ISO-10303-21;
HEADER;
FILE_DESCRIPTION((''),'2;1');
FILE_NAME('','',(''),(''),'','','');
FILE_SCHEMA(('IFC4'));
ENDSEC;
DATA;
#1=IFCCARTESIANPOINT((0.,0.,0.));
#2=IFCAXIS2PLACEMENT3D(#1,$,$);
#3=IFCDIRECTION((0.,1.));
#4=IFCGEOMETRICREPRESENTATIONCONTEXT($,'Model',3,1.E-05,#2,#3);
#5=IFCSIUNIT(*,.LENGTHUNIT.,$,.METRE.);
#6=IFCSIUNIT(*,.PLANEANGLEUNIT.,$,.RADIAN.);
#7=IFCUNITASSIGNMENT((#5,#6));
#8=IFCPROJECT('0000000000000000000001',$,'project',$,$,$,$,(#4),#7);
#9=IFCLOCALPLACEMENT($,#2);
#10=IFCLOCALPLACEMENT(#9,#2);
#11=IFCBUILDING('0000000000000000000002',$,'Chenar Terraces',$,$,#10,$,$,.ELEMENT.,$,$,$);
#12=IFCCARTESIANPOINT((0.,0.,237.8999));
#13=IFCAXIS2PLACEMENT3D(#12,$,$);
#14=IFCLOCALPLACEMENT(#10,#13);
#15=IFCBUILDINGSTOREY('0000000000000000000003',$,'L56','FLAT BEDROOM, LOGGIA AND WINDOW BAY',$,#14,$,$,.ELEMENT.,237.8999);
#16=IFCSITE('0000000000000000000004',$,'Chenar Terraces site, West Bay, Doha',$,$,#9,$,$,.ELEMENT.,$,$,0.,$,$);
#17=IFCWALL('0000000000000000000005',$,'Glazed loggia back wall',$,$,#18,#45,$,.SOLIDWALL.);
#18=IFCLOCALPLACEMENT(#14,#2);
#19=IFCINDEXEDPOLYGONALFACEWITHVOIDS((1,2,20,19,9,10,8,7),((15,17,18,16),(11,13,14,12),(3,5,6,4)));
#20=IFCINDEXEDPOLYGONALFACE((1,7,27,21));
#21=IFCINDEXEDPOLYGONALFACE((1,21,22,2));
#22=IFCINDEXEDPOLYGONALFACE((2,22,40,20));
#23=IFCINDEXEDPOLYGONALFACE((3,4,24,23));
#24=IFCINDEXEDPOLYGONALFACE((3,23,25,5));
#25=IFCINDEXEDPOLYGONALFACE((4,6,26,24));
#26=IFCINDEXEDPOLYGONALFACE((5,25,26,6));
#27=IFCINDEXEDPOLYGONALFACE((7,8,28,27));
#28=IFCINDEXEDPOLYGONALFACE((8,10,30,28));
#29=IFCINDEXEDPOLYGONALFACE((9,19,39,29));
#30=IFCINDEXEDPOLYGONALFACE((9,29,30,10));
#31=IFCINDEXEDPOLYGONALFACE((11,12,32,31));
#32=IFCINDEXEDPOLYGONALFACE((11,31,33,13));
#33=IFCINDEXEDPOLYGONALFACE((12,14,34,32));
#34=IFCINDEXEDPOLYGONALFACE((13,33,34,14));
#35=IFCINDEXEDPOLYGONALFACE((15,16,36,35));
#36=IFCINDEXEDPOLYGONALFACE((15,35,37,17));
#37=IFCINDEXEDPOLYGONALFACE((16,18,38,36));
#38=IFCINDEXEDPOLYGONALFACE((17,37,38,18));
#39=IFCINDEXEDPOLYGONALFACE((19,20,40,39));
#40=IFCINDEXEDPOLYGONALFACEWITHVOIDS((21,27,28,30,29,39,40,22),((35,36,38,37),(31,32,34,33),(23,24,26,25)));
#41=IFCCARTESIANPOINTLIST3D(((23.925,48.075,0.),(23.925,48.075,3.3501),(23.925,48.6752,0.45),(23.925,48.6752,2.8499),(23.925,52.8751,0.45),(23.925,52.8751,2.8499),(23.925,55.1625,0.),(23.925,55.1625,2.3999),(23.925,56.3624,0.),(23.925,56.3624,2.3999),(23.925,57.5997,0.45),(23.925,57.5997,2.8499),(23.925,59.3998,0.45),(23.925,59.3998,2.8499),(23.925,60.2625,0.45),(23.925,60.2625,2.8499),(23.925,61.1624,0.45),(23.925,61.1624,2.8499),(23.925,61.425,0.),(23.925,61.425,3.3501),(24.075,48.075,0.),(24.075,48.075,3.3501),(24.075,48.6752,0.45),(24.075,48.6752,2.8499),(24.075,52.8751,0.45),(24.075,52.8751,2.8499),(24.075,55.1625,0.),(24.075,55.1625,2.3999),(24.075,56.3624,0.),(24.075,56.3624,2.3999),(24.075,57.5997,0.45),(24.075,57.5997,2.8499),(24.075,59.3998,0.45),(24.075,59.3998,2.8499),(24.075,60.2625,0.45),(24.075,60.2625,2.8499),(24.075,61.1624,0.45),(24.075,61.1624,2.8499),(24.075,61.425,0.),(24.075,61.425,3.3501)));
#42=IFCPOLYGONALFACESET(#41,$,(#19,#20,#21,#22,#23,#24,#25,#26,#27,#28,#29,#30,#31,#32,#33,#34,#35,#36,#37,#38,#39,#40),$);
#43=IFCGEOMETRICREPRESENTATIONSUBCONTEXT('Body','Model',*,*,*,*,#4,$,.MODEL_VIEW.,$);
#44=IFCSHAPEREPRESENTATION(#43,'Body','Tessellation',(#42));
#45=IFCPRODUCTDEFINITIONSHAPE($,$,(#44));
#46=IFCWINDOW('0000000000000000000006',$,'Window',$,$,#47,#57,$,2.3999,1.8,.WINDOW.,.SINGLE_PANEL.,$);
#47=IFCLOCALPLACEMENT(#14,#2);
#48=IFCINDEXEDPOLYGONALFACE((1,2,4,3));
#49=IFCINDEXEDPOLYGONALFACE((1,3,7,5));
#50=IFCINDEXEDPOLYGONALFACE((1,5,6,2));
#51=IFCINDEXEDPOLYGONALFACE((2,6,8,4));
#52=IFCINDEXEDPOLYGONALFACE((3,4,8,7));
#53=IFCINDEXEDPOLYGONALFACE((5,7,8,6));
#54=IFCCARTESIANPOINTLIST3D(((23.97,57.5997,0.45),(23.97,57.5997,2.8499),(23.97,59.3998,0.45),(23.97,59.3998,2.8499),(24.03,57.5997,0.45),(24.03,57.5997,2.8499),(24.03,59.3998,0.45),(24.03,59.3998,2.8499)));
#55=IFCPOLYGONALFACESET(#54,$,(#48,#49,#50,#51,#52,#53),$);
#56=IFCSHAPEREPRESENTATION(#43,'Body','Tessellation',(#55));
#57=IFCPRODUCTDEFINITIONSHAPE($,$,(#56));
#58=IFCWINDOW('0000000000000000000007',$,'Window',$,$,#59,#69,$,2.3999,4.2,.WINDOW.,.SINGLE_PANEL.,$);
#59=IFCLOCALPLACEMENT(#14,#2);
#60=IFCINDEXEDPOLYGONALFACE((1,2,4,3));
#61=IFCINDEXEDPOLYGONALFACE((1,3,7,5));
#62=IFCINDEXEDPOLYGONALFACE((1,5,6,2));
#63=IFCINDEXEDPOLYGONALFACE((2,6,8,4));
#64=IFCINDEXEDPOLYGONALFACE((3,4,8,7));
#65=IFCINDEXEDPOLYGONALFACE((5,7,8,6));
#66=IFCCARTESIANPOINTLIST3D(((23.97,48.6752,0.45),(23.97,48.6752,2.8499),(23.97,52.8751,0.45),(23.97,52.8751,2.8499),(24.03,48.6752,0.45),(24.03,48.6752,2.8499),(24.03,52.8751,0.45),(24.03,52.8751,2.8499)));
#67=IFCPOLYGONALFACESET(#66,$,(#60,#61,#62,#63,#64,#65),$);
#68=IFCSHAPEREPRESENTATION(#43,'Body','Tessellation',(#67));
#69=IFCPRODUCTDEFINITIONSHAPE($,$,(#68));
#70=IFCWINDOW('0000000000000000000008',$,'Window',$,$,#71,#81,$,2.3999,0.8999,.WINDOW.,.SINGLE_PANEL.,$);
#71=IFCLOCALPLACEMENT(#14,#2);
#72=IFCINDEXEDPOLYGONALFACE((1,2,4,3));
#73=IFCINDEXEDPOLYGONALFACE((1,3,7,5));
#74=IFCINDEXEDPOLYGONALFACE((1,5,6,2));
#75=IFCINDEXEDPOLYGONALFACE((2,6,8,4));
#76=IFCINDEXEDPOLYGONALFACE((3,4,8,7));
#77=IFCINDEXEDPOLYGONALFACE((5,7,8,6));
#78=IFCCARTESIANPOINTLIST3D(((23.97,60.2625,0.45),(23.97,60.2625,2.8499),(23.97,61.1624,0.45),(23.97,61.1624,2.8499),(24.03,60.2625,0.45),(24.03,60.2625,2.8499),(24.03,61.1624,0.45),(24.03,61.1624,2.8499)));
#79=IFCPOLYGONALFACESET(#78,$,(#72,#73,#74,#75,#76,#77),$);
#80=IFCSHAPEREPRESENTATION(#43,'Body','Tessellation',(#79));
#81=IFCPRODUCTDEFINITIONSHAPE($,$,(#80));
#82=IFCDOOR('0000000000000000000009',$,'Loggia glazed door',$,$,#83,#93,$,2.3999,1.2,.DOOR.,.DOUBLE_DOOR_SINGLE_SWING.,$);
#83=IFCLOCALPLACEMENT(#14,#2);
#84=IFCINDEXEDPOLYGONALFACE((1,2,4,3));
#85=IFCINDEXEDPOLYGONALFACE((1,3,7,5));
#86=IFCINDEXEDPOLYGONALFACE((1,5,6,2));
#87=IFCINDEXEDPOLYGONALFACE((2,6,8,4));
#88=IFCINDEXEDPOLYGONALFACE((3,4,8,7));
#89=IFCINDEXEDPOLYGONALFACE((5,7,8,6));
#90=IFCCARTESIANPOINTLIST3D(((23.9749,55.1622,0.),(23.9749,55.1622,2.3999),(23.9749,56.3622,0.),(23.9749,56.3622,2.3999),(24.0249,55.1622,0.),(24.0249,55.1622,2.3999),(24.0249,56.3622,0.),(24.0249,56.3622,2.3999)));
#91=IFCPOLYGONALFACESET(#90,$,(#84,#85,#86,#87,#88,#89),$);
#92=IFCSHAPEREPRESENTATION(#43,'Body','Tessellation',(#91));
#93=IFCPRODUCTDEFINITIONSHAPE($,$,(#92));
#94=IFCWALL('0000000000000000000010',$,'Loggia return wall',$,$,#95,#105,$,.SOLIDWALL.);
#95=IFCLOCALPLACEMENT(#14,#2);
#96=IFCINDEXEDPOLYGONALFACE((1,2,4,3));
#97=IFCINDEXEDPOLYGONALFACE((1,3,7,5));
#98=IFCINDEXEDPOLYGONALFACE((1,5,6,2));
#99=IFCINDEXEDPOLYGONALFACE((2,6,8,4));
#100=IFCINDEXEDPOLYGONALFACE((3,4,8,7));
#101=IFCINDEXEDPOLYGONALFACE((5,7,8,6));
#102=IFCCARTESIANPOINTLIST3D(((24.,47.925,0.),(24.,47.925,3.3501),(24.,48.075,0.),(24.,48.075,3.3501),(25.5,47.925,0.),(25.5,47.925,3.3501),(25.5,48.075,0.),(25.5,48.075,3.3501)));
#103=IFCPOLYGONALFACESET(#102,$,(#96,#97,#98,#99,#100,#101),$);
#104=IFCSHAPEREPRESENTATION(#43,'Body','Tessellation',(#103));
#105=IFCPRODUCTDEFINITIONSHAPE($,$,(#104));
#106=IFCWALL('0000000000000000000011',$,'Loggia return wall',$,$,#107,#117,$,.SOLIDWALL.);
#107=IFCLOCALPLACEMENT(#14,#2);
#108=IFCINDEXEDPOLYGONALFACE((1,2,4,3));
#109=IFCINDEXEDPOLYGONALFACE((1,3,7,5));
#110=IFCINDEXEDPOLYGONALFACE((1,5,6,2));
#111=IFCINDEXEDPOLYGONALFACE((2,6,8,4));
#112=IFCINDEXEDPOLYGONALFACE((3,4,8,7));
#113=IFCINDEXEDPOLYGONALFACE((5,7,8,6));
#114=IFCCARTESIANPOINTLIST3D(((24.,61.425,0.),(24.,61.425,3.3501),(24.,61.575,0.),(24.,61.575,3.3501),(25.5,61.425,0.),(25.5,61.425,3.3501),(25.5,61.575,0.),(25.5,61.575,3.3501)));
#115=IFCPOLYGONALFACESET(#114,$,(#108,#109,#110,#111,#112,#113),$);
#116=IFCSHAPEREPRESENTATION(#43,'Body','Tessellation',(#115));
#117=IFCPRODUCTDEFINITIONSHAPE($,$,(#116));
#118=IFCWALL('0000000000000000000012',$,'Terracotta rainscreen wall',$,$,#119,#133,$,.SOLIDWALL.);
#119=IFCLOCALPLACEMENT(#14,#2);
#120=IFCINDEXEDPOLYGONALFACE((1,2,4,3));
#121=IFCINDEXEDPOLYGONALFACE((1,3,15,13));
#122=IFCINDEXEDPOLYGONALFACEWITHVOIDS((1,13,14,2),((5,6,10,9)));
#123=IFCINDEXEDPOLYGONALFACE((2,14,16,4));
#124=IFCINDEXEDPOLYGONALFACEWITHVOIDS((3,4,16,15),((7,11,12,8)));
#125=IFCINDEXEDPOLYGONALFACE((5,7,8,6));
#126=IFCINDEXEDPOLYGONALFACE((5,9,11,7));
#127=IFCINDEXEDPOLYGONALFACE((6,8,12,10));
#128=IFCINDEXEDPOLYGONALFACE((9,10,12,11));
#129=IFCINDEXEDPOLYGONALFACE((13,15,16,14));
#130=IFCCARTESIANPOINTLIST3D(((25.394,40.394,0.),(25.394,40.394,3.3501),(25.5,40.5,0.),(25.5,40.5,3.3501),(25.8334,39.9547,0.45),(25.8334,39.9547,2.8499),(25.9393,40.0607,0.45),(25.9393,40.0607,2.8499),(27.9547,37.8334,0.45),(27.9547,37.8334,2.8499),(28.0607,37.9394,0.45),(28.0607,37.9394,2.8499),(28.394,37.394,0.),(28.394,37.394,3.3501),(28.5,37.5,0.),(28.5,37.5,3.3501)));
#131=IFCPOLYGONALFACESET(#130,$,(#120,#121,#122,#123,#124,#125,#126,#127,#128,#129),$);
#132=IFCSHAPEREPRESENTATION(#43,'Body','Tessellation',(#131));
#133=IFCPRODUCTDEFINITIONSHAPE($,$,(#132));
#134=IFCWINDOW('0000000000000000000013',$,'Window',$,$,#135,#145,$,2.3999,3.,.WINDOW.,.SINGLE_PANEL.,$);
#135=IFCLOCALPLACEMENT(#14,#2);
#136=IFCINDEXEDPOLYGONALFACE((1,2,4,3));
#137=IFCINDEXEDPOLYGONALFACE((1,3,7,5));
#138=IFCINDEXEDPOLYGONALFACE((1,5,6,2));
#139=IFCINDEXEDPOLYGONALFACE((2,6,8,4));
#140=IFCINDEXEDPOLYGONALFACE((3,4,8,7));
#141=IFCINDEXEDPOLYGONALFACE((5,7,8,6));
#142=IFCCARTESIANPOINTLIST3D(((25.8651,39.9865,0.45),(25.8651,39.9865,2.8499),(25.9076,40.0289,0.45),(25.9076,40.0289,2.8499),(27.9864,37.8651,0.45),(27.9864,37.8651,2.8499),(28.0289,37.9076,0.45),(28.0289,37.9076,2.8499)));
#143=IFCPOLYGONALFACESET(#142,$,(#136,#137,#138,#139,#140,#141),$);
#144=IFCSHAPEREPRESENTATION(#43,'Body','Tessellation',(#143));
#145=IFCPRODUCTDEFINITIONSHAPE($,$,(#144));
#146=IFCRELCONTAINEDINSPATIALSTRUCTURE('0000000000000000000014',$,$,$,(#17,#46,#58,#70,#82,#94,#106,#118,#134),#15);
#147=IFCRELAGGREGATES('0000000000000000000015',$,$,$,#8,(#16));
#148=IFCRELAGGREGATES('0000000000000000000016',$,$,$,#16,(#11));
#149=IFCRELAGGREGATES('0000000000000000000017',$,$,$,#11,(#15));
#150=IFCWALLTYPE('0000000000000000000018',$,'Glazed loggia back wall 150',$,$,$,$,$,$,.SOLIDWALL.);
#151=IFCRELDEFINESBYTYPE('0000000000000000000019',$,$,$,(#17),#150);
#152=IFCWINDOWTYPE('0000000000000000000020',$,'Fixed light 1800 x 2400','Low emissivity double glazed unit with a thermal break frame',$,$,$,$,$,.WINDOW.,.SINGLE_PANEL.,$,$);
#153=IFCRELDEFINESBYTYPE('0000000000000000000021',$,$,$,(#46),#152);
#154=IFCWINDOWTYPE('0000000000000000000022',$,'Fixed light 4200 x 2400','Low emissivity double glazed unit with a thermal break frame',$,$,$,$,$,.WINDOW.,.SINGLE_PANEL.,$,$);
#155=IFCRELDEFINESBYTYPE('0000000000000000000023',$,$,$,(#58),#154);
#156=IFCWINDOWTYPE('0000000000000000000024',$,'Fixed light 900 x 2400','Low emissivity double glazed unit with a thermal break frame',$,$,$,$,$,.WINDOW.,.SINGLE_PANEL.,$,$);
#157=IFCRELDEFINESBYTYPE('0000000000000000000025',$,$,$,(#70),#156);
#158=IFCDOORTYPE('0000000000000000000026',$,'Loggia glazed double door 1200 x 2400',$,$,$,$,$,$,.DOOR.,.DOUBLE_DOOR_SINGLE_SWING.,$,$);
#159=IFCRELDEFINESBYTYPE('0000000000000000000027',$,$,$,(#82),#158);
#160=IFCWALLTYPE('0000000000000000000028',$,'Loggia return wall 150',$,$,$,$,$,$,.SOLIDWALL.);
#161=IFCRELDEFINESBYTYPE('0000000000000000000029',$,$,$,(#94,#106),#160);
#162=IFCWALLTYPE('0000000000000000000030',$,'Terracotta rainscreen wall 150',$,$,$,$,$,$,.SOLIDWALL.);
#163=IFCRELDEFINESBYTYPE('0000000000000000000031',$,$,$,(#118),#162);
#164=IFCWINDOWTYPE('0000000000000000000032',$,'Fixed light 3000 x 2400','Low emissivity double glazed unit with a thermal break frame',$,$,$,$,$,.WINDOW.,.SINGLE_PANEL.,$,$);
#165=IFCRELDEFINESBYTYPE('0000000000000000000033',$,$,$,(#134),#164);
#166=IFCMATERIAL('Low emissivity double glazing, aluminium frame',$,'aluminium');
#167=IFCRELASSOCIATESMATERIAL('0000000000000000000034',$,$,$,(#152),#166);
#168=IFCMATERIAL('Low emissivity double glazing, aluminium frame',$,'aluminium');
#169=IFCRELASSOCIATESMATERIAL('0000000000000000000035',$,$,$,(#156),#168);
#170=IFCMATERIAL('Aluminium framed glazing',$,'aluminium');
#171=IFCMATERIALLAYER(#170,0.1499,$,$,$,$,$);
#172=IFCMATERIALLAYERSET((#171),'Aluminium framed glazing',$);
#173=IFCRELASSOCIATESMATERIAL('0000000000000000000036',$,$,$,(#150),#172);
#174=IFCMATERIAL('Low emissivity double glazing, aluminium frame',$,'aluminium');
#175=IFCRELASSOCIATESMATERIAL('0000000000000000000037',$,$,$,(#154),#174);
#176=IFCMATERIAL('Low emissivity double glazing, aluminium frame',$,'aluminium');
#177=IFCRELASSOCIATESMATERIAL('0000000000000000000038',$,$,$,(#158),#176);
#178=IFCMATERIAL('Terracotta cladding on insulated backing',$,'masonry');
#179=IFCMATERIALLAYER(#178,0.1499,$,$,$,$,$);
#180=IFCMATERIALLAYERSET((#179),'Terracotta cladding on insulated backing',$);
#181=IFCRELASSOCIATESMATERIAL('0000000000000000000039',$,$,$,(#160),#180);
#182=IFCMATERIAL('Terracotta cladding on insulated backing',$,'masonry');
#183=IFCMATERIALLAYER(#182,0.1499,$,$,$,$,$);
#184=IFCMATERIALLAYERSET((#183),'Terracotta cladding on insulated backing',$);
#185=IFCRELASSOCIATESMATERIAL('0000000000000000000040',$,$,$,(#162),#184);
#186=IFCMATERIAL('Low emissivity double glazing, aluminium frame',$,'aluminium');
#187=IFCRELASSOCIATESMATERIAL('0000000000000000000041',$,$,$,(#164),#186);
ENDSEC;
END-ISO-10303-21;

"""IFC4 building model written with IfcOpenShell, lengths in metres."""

from ifc_helpers import new_model, si_unit, direction, frame, frame_2d, origin, place, context, subcontext, project, spatial, rectangle, extrude, material, layer, layer_set, type_object, element, fill, save


model = new_model("IFC4")

# Units and contexts
model_context = context("Model", 3, precision=1e-05, world=origin(), true_north=direction((0.0, 1.0)))
body_context = subcontext(model_context, "Body", "Model", "MODEL_VIEW")
ifc_project = project(units=[si_unit("LENGTHUNIT", "METRE"), si_unit("PLANEANGLEUNIT", "RADIAN")], contexts=[model_context])

# Site, building, storey
site_placement = place(None, origin())
site = spatial("IfcSite", under=ifc_project, at=site_placement, Name="Chenar Terraces site, West Bay, Doha", CompositionType="ELEMENT", RefElevation=0.0)
building_placement = place(site_placement, origin())
building = spatial("IfcBuilding", under=site, at=building_placement, Name="Chenar Terraces", CompositionType="ELEMENT")
storey_placement = place(building_placement, frame((0.0, 0.0, 237.8999)))
storey = spatial("IfcBuildingStorey", under=building, at=storey_placement, Name="L56", Description="FLAT BEDROOM, LOGGIA AND WINDOW BAY", CompositionType="ELEMENT", Elevation=237.8999)

# Shared definitions
ifc_material_1 = material(Name="Low emissivity double glazing, aluminium frame", Category="aluminium")
window_type_1 = type_object("IfcWindowType", Name="Fixed light 1800 x 2400", Description="Low emissivity double glazed unit with a thermal break frame", PartitioningType="SINGLE_PANEL", PredefinedType="WINDOW", material=ifc_material_1)
ifc_material_2 = material(Name="Low emissivity double glazing, aluminium frame", Category="aluminium")
window_type_2 = type_object("IfcWindowType", Name="Fixed light 900 x 2400", Description="Low emissivity double glazed unit with a thermal break frame", PartitioningType="SINGLE_PANEL", PredefinedType="WINDOW", material=ifc_material_2)

# Wall, openings, windows, door
ifc_material_3 = material(Name="Aluminium framed glazing", Category="aluminium")
ifc_layer_1 = layer(ifc_material_3, 0.1499)
ifc_layer_set_1 = layer_set([ifc_layer_1], Name="Aluminium framed glazing")
wall_type_1 = type_object("IfcWallType", Name="Glazed loggia back wall 150", PredefinedType="SOLIDWALL", material=ifc_layer_set_1)
wall_1_placement = place(storey_placement, frame((24.0, 48.075, 0.0), z_axis=(0.0, 0.0, 1.0), x_axis=(0.0, 1.0, 0.0)))
wall_1 = element("IfcWall", 1, at=wall_1_placement, inside=storey, type_object=wall_type_1, Name="Glazed loggia back wall", PredefinedType="SOLIDWALL", context=body_context, shape_type="SweptSolid", body=[
    extrude(rectangle(XDim=13.3501, YDim=0.1499, at=frame_2d((6.675, 0.0))), origin(), (0.0, 0.0, 1.0), 3.3501),
])
opening_1_placement = place(wall_1_placement, frame((0.6001, 0.0, 0.45)))
opening_1 = element("IfcOpeningElement", 2, at=opening_1_placement, cuts=wall_1, PredefinedType="OPENING", context=body_context, shape_type="SweptSolid", body=[
    extrude(rectangle(XDim=4.2, YDim=2.3999, at=frame_2d((2.1001, 1.2))), frame((0.0, 0.085, 0.0), z_axis=(0.0, -1.0, 0.0), x_axis=(1.0, 0.0, 0.0)), (0.0, 0.0, 1.0), 0.1699),
])
opening_2_placement = place(wall_1_placement, frame((7.0874, 0.0, 0.0)))
opening_2 = element("IfcOpeningElement", 3, at=opening_2_placement, cuts=wall_1, PredefinedType="OPENING", context=body_context, shape_type="SweptSolid", body=[
    extrude(rectangle(XDim=1.2, YDim=2.3999, at=frame_2d((0.6001, 1.2))), frame((0.0, 0.085, 0.0), z_axis=(0.0, -1.0, 0.0), x_axis=(1.0, 0.0, 0.0)), (0.0, 0.0, 1.0), 0.1699),
])
opening_3_placement = place(wall_1_placement, frame((9.5249, 0.0, 0.45)))
opening_3 = element("IfcOpeningElement", 4, at=opening_3_placement, cuts=wall_1, PredefinedType="OPENING", context=body_context, shape_type="SweptSolid", body=[
    extrude(rectangle(XDim=1.8, YDim=2.3999, at=frame_2d((0.8999, 1.2))), frame((0.0, 0.085, 0.0), z_axis=(0.0, -1.0, 0.0), x_axis=(1.0, 0.0, 0.0)), (0.0, 0.0, 1.0), 0.1699),
])
opening_4_placement = place(wall_1_placement, frame((12.1875, 0.0, 0.45)))
opening_4 = element("IfcOpeningElement", 5, at=opening_4_placement, cuts=wall_1, PredefinedType="OPENING", context=body_context, shape_type="SweptSolid", body=[
    extrude(rectangle(XDim=0.8999, YDim=2.3999, at=frame_2d((0.45, 1.2))), frame((0.0, 0.085, 0.0), z_axis=(0.0, -1.0, 0.0), x_axis=(1.0, 0.0, 0.0)), (0.0, 0.0, 1.0), 0.1699),
])
window_1_placement = place(opening_3_placement, origin())
window_1 = element("IfcWindow", 6, at=window_1_placement, inside=storey, type_object=window_type_1, Name="Window", OverallHeight=2.3999, OverallWidth=1.8, PartitioningType="SINGLE_PANEL", PredefinedType="WINDOW", context=body_context, shape_type="SweptSolid", body=[
    extrude(rectangle(XDim=1.8, YDim=2.3999, at=frame_2d((0.8999, 1.2))), frame((0.0, 0.03, 0.0), z_axis=(0.0, -1.0, 0.0), x_axis=(1.0, 0.0, 0.0)), (0.0, 0.0, 1.0), 0.0601),
])
fill(opening_3, window_1)
ifc_material_4 = material(Name="Low emissivity double glazing, aluminium frame", Category="aluminium")
window_type_3 = type_object("IfcWindowType", Name="Fixed light 4200 x 2400", Description="Low emissivity double glazed unit with a thermal break frame", PartitioningType="SINGLE_PANEL", PredefinedType="WINDOW", material=ifc_material_4)
window_2_placement = place(opening_1_placement, origin())
window_2 = element("IfcWindow", 7, at=window_2_placement, inside=storey, type_object=window_type_3, Name="Window", OverallHeight=2.3999, OverallWidth=4.2, PartitioningType="SINGLE_PANEL", PredefinedType="WINDOW", context=body_context, shape_type="SweptSolid", body=[
    extrude(rectangle(XDim=4.2, YDim=2.3999, at=frame_2d((2.1001, 1.2))), frame((0.0, 0.03, 0.0), z_axis=(0.0, -1.0, 0.0), x_axis=(1.0, 0.0, 0.0)), (0.0, 0.0, 1.0), 0.0601),
])
fill(opening_1, window_2)
window_3_placement = place(opening_4_placement, origin())
window_3 = element("IfcWindow", 8, at=window_3_placement, inside=storey, type_object=window_type_2, Name="Window", OverallHeight=2.3999, OverallWidth=0.8999, PartitioningType="SINGLE_PANEL", PredefinedType="WINDOW", context=body_context, shape_type="SweptSolid", body=[
    extrude(rectangle(XDim=0.8999, YDim=2.3999, at=frame_2d((0.45, 1.2))), frame((0.0, 0.03, 0.0), z_axis=(0.0, -1.0, 0.0), x_axis=(1.0, 0.0, 0.0)), (0.0, 0.0, 1.0), 0.0601),
])
fill(opening_4, window_3)
ifc_material_5 = material(Name="Low emissivity double glazing, aluminium frame", Category="aluminium")
door_type = type_object("IfcDoorType", Name="Loggia glazed double door 1200 x 2400", OperationType="DOUBLE_DOOR_SINGLE_SWING", PredefinedType="DOOR", material=ifc_material_5)
door_placement = place(opening_2_placement, frame((1.2, 0.0, 0.0), z_axis=(0.0, 0.0, 1.0), x_axis=(-1.0, 0.0, 0.0)))
door = element("IfcDoor", 9, at=door_placement, inside=storey, type_object=door_type, Name="Loggia glazed door", OperationType="DOUBLE_DOOR_SINGLE_SWING", OverallHeight=2.3999, OverallWidth=1.2, PredefinedType="DOOR", context=body_context, shape_type="SweptSolid", body=[
    extrude(rectangle(XDim=1.2, YDim=2.3999, at=frame_2d((0.6001, 1.2))), frame((0.0, 0.0249, 0.0), z_axis=(0.0, -1.0, 0.0), x_axis=(1.0, 0.0, 0.0)), (0.0, 0.0, 1.0), 0.05),
])
fill(opening_2, door)

# Walls
ifc_material_6 = material(Name="Terracotta cladding on insulated backing", Category="masonry")
ifc_layer_2 = layer(ifc_material_6, 0.1499)
ifc_layer_set_2 = layer_set([ifc_layer_2], Name="Terracotta cladding on insulated backing")
wall_type_2 = type_object("IfcWallType", Name="Loggia return wall 150", PredefinedType="SOLIDWALL", material=ifc_layer_set_2)
for number, where, z_axis, x_axis, name in (
    (10, (25.5, 48.0, 0.0), (0.0, 0.0, 1.0), (-1.0, 0.0, 0.0), "Loggia return wall"),
    (11, (25.5, 61.5, 0.0), (0.0, 0.0, 1.0), (-1.0, 0.0, 0.0), "Loggia return wall"),
):
    element("IfcWall", number, at=place(storey_placement, frame(where, z_axis=z_axis, x_axis=x_axis)), inside=storey, type_object=wall_type_2, Name=name, PredefinedType="SOLIDWALL", context=body_context, shape_type="SweptSolid", body=[
        extrude(rectangle(XDim=1.5, YDim=0.1499, at=frame_2d((0.75, 0.0))), origin(), (0.0, 0.0, 1.0), 3.3501),
    ])

# Wall, opening, window
ifc_material_7 = material(Name="Terracotta cladding on insulated backing", Category="masonry")
ifc_layer_3 = layer(ifc_material_7, 0.1499)
ifc_layer_set_3 = layer_set([ifc_layer_3], Name="Terracotta cladding on insulated backing")
wall_type_3 = type_object("IfcWallType", Name="Terracotta rainscreen wall 150", PredefinedType="SOLIDWALL", material=ifc_layer_set_3)
wall_2_placement = place(storey_placement, frame((28.447, 37.447, 0.0), z_axis=(0.0, 0.0, 1.0), x_axis=(-0.707107, 0.707107, 0.0)))
wall_2 = element("IfcWall", 12, at=wall_2_placement, inside=storey, type_object=wall_type_3, Name="Terracotta rainscreen wall", PredefinedType="SOLIDWALL", context=body_context, shape_type="SweptSolid", body=[
    extrude(rectangle(XDim=4.2427, YDim=0.1499, at=frame_2d((2.1213, 0.0))), origin(), (0.0, 0.0, 1.0), 3.3501),
])
opening_5_placement = place(wall_2_placement, frame((0.6213, 0.0, 0.45)))
opening_5 = element("IfcOpeningElement", 13, at=opening_5_placement, cuts=wall_2, PredefinedType="OPENING", context=body_context, shape_type="SweptSolid", body=[
    extrude(rectangle(XDim=3.0, YDim=2.3999, at=frame_2d((1.5, 1.2))), frame((0.0, 0.085, 0.0), z_axis=(0.0, -1.0, 0.0), x_axis=(1.0, 0.0, 0.0)), (0.0, 0.0, 1.0), 0.1699),
])
ifc_material_8 = material(Name="Low emissivity double glazing, aluminium frame", Category="aluminium")
window_type_4 = type_object("IfcWindowType", Name="Fixed light 3000 x 2400", Description="Low emissivity double glazed unit with a thermal break frame", PartitioningType="SINGLE_PANEL", PredefinedType="WINDOW", material=ifc_material_8)
window_4_placement = place(opening_5_placement, origin())
window_4 = element("IfcWindow", 14, at=window_4_placement, inside=storey, type_object=window_type_4, Name="Window", OverallHeight=2.3999, OverallWidth=3.0, PartitioningType="SINGLE_PANEL", PredefinedType="WINDOW", context=body_context, shape_type="SweptSolid", body=[
    extrude(rectangle(XDim=3.0, YDim=2.3999, at=frame_2d((1.5, 1.2))), frame((0.0, 0.03, 0.0), z_axis=(0.0, -1.0, 0.0), x_axis=(1.0, 0.0, 0.0)), (0.0, 0.0, 1.0), 0.0601),
])
fill(opening_5, window_4)

save(model, "model.ifc")
